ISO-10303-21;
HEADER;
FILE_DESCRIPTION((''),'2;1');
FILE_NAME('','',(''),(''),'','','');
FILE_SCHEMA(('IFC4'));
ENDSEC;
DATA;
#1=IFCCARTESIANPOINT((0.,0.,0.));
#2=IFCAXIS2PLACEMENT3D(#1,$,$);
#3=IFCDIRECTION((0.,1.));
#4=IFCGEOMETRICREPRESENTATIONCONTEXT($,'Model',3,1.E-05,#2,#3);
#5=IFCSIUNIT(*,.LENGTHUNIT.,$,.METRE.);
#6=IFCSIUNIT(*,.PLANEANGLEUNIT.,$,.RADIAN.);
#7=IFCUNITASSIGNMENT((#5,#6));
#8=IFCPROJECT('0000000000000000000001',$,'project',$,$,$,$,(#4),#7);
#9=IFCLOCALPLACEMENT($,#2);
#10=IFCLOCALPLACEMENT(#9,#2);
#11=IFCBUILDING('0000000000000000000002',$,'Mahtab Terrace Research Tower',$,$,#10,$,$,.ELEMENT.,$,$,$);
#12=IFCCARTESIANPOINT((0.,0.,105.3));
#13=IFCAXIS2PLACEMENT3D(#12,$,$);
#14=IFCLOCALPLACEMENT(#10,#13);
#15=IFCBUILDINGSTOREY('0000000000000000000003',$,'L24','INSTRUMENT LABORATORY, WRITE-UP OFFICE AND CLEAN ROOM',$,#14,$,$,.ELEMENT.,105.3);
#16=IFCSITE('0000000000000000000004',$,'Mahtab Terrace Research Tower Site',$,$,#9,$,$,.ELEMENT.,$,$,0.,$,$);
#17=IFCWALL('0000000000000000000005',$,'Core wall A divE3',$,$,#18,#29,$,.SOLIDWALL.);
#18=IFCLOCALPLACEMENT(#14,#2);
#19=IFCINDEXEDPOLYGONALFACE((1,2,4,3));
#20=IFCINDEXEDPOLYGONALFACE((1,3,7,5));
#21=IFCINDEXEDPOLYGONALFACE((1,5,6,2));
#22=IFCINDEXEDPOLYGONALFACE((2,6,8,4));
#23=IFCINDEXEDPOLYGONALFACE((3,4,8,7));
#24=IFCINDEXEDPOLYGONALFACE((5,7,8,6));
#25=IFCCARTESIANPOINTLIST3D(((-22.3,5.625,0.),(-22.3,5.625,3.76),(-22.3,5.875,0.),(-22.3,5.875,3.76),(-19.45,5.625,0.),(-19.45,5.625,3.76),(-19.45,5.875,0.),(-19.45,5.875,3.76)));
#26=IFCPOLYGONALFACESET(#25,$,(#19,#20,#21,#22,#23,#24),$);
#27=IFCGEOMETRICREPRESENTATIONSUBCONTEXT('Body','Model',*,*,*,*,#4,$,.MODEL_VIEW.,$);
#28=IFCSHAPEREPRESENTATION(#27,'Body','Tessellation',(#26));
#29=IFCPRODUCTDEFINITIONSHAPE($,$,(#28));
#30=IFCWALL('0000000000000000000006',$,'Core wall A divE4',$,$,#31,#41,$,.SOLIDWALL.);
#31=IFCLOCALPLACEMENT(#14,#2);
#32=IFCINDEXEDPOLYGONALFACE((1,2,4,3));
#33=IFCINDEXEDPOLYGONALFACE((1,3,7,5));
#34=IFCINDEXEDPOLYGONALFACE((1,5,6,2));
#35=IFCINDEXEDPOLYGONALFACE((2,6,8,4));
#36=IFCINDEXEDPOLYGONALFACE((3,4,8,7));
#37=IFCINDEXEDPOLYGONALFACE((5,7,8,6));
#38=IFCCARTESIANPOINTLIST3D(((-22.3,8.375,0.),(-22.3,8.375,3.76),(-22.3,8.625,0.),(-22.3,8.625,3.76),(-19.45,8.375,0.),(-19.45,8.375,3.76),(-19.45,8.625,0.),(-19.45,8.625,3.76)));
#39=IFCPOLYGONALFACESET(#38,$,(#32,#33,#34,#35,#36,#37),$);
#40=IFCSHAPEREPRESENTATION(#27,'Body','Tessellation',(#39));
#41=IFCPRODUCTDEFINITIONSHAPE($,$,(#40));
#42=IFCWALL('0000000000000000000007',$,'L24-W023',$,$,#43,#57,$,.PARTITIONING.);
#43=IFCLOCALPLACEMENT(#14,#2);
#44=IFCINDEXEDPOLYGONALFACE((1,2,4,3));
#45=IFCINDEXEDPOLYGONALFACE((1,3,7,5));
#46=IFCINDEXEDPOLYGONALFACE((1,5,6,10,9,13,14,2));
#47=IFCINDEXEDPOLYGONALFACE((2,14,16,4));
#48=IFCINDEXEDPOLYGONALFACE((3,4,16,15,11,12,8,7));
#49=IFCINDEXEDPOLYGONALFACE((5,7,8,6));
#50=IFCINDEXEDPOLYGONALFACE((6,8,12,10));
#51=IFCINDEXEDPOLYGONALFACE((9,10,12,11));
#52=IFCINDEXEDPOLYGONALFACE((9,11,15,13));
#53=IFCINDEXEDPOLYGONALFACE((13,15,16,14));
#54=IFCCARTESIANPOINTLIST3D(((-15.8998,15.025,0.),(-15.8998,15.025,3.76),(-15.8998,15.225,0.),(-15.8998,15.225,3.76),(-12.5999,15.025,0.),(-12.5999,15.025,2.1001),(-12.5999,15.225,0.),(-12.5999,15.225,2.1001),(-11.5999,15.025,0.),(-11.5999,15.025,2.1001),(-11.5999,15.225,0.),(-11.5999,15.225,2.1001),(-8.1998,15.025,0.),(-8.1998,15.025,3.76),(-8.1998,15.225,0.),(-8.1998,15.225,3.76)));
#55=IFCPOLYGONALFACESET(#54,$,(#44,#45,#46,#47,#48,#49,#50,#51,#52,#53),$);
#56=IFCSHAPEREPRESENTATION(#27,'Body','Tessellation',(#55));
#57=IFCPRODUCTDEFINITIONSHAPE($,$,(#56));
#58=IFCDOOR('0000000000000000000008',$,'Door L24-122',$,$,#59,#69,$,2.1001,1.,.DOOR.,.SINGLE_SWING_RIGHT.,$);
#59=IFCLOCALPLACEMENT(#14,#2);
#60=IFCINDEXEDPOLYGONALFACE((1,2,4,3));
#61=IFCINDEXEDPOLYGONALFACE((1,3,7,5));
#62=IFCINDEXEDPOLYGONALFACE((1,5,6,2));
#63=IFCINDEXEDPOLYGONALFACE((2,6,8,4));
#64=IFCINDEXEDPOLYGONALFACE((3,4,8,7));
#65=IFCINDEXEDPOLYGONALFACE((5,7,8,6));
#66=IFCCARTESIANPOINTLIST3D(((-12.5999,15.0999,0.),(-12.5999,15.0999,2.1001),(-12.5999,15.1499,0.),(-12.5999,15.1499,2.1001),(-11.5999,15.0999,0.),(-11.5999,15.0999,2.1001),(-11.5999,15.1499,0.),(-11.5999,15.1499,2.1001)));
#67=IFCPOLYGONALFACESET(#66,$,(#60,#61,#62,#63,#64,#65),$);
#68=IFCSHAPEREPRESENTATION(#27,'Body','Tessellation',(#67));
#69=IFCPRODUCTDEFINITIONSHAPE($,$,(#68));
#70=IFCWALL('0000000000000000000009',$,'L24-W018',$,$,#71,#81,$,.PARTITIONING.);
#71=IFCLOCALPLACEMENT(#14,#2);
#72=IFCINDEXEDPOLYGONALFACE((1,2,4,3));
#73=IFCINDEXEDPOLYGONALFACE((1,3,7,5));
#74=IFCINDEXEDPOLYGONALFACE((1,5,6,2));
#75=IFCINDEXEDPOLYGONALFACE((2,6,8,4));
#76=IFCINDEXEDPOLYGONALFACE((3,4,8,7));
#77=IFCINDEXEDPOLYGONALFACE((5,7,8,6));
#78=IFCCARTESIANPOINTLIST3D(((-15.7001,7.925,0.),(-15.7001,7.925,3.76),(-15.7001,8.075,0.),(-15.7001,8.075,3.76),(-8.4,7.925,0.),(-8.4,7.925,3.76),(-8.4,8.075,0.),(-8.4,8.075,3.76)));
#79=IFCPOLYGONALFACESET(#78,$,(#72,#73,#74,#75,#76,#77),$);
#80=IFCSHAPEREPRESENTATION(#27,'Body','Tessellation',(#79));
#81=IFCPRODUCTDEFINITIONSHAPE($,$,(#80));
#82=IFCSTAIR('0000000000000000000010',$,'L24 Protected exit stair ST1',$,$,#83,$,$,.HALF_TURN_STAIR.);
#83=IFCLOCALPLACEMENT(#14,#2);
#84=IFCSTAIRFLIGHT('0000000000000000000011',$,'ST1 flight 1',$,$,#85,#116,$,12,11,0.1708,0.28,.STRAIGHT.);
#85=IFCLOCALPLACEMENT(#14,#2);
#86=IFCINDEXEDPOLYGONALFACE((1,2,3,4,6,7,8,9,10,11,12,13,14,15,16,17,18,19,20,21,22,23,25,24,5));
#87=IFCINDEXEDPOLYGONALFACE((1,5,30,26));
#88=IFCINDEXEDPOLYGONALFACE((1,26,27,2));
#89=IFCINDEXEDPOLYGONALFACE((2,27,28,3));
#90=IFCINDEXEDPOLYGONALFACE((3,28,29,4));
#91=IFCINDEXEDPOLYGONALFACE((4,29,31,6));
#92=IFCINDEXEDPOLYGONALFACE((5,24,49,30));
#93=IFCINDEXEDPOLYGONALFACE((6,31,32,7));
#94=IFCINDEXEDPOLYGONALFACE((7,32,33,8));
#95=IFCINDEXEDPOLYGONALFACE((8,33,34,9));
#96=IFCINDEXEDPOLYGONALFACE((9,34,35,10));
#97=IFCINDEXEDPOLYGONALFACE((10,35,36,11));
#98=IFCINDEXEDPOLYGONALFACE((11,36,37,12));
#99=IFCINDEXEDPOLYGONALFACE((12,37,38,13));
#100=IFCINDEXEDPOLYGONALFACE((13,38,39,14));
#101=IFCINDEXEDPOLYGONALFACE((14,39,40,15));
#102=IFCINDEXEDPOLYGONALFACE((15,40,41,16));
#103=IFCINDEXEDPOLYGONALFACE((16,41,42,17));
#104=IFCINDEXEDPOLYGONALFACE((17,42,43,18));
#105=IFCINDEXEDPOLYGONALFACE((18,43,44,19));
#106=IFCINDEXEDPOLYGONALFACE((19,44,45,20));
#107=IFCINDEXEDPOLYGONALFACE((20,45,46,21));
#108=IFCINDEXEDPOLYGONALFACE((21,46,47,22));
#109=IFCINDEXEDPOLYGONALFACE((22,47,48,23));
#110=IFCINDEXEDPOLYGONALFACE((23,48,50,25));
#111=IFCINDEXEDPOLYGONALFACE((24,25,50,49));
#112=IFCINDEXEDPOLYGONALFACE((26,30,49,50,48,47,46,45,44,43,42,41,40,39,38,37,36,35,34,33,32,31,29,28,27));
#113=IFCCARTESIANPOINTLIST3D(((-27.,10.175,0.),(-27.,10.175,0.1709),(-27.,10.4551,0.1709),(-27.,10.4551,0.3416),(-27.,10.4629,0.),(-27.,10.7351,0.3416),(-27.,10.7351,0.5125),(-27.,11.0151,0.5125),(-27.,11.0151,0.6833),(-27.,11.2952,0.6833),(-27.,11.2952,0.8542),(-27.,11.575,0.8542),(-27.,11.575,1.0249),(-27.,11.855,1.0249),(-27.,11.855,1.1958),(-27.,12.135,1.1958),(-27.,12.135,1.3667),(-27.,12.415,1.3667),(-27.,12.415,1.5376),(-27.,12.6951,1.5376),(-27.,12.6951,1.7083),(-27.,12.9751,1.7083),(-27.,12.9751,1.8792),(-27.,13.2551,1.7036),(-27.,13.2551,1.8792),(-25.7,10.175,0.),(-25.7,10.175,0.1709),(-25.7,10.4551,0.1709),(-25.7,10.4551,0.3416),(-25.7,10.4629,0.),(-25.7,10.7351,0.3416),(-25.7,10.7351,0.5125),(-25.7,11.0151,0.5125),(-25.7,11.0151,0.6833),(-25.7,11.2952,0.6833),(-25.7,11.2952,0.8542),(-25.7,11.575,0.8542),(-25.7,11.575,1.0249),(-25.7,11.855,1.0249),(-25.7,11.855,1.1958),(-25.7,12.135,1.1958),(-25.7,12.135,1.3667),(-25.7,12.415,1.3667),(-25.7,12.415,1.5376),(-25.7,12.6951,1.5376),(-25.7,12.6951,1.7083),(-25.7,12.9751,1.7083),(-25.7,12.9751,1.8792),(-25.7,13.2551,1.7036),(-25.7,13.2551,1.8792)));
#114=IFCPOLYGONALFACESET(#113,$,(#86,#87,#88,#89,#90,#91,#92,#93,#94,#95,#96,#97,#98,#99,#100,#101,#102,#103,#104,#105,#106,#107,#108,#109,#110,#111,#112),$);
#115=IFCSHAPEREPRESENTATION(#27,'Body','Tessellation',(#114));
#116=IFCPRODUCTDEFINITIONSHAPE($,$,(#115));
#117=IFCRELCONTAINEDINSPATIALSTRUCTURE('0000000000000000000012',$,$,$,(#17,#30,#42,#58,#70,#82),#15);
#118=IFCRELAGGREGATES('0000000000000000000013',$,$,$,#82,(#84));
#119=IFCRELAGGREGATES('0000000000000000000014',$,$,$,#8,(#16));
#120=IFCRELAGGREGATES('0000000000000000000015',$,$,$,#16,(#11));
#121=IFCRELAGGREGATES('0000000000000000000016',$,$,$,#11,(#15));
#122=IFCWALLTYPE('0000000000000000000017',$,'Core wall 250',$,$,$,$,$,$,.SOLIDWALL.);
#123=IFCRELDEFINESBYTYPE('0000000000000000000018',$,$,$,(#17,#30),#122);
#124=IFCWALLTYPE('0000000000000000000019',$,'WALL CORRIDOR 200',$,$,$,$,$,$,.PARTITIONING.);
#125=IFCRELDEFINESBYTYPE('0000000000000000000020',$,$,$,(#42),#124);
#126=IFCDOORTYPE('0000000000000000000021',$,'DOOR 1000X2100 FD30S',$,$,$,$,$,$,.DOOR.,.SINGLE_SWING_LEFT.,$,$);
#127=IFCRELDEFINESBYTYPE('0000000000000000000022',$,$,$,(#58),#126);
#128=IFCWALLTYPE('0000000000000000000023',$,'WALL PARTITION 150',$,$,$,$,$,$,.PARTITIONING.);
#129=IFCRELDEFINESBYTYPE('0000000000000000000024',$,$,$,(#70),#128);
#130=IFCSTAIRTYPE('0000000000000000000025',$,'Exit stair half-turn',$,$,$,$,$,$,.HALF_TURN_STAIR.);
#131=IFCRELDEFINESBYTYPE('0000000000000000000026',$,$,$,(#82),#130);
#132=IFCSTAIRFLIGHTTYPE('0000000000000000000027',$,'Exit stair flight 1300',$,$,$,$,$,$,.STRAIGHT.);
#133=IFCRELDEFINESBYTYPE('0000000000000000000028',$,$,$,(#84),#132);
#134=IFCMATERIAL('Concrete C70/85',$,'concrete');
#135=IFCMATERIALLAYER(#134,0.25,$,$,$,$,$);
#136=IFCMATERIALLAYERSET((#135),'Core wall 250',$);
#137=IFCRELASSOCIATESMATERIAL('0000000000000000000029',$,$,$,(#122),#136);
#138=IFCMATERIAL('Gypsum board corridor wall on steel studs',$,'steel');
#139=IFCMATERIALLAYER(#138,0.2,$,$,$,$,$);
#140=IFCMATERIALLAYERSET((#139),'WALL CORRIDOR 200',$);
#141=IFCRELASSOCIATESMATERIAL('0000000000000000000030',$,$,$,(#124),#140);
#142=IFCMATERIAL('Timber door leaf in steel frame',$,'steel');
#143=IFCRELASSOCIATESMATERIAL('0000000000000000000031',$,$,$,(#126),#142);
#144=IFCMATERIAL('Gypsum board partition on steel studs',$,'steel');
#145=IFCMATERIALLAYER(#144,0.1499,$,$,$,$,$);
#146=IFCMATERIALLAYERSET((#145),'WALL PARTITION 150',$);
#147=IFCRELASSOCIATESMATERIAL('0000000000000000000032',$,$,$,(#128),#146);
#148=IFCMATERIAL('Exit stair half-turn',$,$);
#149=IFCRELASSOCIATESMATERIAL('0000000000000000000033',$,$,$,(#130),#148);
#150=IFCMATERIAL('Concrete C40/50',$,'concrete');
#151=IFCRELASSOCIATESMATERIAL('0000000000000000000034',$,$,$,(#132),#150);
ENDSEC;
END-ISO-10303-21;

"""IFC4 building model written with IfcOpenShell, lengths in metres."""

from ifc_helpers import new_model, si_unit, direction, frame, frame_2d, origin, place, context, subcontext, project, spatial, polyline, rectangle, outline, extrude, material, layer, layer_set, type_object, element, fill, aggregate, save


model = new_model("IFC4")

# Units and contexts
model_context = context("Model", 3, precision=1e-05, world=origin(), true_north=direction((0.0, 1.0)))
body_context = subcontext(model_context, "Body", "Model", "MODEL_VIEW")
ifc_project = project(units=[si_unit("LENGTHUNIT", "METRE"), si_unit("PLANEANGLEUNIT", "RADIAN")], contexts=[model_context])

# Site, building, storey
site_placement = place(None, origin())
site = spatial("IfcSite", under=ifc_project, at=site_placement, Name="Mahtab Terrace Research Tower Site", CompositionType="ELEMENT", RefElevation=0.0)
building_placement = place(site_placement, origin())
building = spatial("IfcBuilding", under=site, at=building_placement, Name="Mahtab Terrace Research Tower", CompositionType="ELEMENT")
storey_placement = place(building_placement, frame((0.0, 0.0, 105.3)))
storey = spatial("IfcBuildingStorey", under=building, at=storey_placement, Name="L24", Description="INSTRUMENT LABORATORY, WRITE-UP OFFICE AND CLEAN ROOM", CompositionType="ELEMENT", Elevation=105.3)

# Shared definitions
ifc_material_1 = material(Name="Concrete C70/85", Category="concrete")

# Shared definitions
ifc_layer_1 = layer(ifc_material_1, 0.25)
ifc_layer_set_1 = layer_set([ifc_layer_1], Name="Core wall 250")
wall_type_1 = type_object("IfcWallType", Name="Core wall 250", PredefinedType="SOLIDWALL", material=ifc_layer_set_1)

# Walls
for number, where, z_axis, x_axis, name in (
    (1, (-22.3, 5.75, 0.0), (0.0, 0.0, 1.0), (1.0, 0.0, 0.0), "Core wall A divE3"),
    (2, (-22.3, 8.5, 0.0), (0.0, 0.0, 1.0), (1.0, 0.0, 0.0), "Core wall A divE4"),
):
    element("IfcWall", number, at=place(storey_placement, frame(where, z_axis=z_axis, x_axis=x_axis)), inside=storey, type_object=wall_type_1, Name=name, PredefinedType="SOLIDWALL", context=body_context, shape_type="SweptSolid", body=[
        extrude(rectangle(XDim=2.8501, YDim=0.25, at=frame_2d((1.425, 0.0))), origin(), (0.0, 0.0, 1.0), 3.76),
    ])

# Wall, opening, door
ifc_material_2 = material(Name="Gypsum board corridor wall on steel studs", Category="steel")
ifc_layer_2 = layer(ifc_material_2, 0.2)
ifc_layer_set_2 = layer_set([ifc_layer_2], Name="WALL CORRIDOR 200")
wall_type_2 = type_object("IfcWallType", Name="WALL CORRIDOR 200", PredefinedType="PARTITIONING", material=ifc_layer_set_2)
wall_1_placement = place(storey_placement, frame((-15.8999, 15.125, 0.0), z_axis=(0.0, 0.0, 1.0), x_axis=(1.0, 0.0, 0.0)))
wall_1 = element("IfcWall", 3, at=wall_1_placement, inside=storey, type_object=wall_type_2, Name="L24-W023", PredefinedType="PARTITIONING", context=body_context, shape_type="SweptSolid", body=[
    extrude(rectangle(XDim=7.7, YDim=0.2, at=frame_2d((3.8501, 0.0))), origin(), (0.0, 0.0, 1.0), 3.76),
])
opening_1_placement = place(wall_1_placement, frame((3.3, 0.0, 0.0)))
opening_1 = element("IfcOpeningElement", 4, at=opening_1_placement, cuts=wall_1, PredefinedType="OPENING", context=body_context, shape_type="SweptSolid", body=[
    extrude(rectangle(XDim=1.0, YDim=2.1001, at=frame_2d((0.5, 1.05))), frame((0.0, 0.1099, 0.0), z_axis=(0.0, -1.0, 0.0), x_axis=(1.0, 0.0, 0.0)), (0.0, 0.0, 1.0), 0.22),
])
ifc_material_3 = material(Name="Timber door leaf in steel frame", Category="steel")
door_type_1 = type_object("IfcDoorType", Name="DOOR 1000X2100 FD30S", OperationType="SINGLE_SWING_LEFT", PredefinedType="DOOR", material=ifc_material_3)
door_1_placement = place(opening_1_placement, origin())
door_1 = element("IfcDoor", 5, at=door_1_placement, inside=storey, type_object=door_type_1, Name="Door L24-122", OperationType="SINGLE_SWING_RIGHT", OverallHeight=2.1001, OverallWidth=1.0, PredefinedType="DOOR", context=body_context, shape_type="SweptSolid", body=[
    extrude(rectangle(XDim=1.0, YDim=2.1001, at=frame_2d((0.5, 1.05))), frame((0.0, 0.0249, 0.0), z_axis=(0.0, -1.0, 0.0), x_axis=(1.0, 0.0, 0.0)), (0.0, 0.0, 1.0), 0.05),
])
fill(opening_1, door_1)

# Wall
ifc_material_4 = material(Name="Gypsum board partition on steel studs", Category="steel")
ifc_layer_3 = layer(ifc_material_4, 0.1499)
ifc_layer_set_3 = layer_set([ifc_layer_3], Name="WALL PARTITION 150")
wall_type_3 = type_object("IfcWallType", Name="WALL PARTITION 150", PredefinedType="PARTITIONING", material=ifc_layer_set_3)
wall_2_placement = place(storey_placement, frame((-15.7, 8.0, 0.0), z_axis=(0.0, 0.0, 1.0), x_axis=(1.0, 0.0, 0.0)))
element("IfcWall", 6, at=wall_2_placement, inside=storey, type_object=wall_type_3, Name="L24-W018", PredefinedType="PARTITIONING", context=body_context, shape_type="SweptSolid", body=[
    extrude(rectangle(XDim=7.3, YDim=0.1499, at=frame_2d((3.6499, 0.0))), origin(), (0.0, 0.0, 1.0), 3.76),
])

# Stair, stair flight
ifc_material_5 = material(Name="Exit stair half-turn")
stair_type = type_object("IfcStairType", Name="Exit stair half-turn", PredefinedType="HALF_TURN_STAIR", material=ifc_material_5)
stair_placement = place(storey_placement, origin())
stair = element("IfcStair", 7, at=stair_placement, inside=storey, type_object=stair_type, Name="L24 Protected exit stair ST1", PredefinedType="HALF_TURN_STAIR")
ifc_material_6 = material(Name="Concrete C40/50", Category="concrete")
stair_flight_type = type_object("IfcStairFlightType", Name="Exit stair flight 1300", PredefinedType="STRAIGHT", material=ifc_material_6)
stair_flight_placement = place(storey_placement, frame((-26.3501, 10.175, 0.0), z_axis=(0.0, 0.0, 1.0), x_axis=(0.0, 1.0, 0.0)))
stair_flight = element("IfcStairFlight", 8, at=stair_flight_placement, type_object=stair_flight_type, Name="ST1 flight 1", NumberOfRisers=12, NumberOfTreads=11, PredefinedType="STRAIGHT", RiserHeight=0.1708, TreadLength=0.28, context=body_context, shape_type="SweptSolid", body=[
    extrude(outline(polyline([(0.0, 0.0), (0.0, 0.1709), (0.28, 0.1709), (0.28, 0.3416), (0.5601, 0.3416), (0.5601, 0.5125), (0.8401, 0.5125), (0.8401, 0.6833), (1.1201, 0.6833), (1.1201, 0.8542), (1.3999, 0.8542), (1.3999, 1.0249), (1.6799, 1.0249), (1.6799, 1.1958), (1.96, 1.1958), (1.96, 1.3667), (2.24, 1.3667), (2.24, 1.5376), (2.52, 1.5376), (2.52, 1.7083), (2.8, 1.7083), (2.8, 1.8792), (3.0801, 1.8792), (3.0801, 2.05), (3.0801, 1.7036), (0.2878, 0.0), (0.0, 0.0)])), frame((0.0, 0.6499, 0.0), z_axis=(0.0, -1.0, 0.0), x_axis=(1.0, 0.0, 0.0)), (0.0, 0.0, 1.0), 1.3),
])
aggregate(stair, [stair_flight])

save(model, "model.ifc")
